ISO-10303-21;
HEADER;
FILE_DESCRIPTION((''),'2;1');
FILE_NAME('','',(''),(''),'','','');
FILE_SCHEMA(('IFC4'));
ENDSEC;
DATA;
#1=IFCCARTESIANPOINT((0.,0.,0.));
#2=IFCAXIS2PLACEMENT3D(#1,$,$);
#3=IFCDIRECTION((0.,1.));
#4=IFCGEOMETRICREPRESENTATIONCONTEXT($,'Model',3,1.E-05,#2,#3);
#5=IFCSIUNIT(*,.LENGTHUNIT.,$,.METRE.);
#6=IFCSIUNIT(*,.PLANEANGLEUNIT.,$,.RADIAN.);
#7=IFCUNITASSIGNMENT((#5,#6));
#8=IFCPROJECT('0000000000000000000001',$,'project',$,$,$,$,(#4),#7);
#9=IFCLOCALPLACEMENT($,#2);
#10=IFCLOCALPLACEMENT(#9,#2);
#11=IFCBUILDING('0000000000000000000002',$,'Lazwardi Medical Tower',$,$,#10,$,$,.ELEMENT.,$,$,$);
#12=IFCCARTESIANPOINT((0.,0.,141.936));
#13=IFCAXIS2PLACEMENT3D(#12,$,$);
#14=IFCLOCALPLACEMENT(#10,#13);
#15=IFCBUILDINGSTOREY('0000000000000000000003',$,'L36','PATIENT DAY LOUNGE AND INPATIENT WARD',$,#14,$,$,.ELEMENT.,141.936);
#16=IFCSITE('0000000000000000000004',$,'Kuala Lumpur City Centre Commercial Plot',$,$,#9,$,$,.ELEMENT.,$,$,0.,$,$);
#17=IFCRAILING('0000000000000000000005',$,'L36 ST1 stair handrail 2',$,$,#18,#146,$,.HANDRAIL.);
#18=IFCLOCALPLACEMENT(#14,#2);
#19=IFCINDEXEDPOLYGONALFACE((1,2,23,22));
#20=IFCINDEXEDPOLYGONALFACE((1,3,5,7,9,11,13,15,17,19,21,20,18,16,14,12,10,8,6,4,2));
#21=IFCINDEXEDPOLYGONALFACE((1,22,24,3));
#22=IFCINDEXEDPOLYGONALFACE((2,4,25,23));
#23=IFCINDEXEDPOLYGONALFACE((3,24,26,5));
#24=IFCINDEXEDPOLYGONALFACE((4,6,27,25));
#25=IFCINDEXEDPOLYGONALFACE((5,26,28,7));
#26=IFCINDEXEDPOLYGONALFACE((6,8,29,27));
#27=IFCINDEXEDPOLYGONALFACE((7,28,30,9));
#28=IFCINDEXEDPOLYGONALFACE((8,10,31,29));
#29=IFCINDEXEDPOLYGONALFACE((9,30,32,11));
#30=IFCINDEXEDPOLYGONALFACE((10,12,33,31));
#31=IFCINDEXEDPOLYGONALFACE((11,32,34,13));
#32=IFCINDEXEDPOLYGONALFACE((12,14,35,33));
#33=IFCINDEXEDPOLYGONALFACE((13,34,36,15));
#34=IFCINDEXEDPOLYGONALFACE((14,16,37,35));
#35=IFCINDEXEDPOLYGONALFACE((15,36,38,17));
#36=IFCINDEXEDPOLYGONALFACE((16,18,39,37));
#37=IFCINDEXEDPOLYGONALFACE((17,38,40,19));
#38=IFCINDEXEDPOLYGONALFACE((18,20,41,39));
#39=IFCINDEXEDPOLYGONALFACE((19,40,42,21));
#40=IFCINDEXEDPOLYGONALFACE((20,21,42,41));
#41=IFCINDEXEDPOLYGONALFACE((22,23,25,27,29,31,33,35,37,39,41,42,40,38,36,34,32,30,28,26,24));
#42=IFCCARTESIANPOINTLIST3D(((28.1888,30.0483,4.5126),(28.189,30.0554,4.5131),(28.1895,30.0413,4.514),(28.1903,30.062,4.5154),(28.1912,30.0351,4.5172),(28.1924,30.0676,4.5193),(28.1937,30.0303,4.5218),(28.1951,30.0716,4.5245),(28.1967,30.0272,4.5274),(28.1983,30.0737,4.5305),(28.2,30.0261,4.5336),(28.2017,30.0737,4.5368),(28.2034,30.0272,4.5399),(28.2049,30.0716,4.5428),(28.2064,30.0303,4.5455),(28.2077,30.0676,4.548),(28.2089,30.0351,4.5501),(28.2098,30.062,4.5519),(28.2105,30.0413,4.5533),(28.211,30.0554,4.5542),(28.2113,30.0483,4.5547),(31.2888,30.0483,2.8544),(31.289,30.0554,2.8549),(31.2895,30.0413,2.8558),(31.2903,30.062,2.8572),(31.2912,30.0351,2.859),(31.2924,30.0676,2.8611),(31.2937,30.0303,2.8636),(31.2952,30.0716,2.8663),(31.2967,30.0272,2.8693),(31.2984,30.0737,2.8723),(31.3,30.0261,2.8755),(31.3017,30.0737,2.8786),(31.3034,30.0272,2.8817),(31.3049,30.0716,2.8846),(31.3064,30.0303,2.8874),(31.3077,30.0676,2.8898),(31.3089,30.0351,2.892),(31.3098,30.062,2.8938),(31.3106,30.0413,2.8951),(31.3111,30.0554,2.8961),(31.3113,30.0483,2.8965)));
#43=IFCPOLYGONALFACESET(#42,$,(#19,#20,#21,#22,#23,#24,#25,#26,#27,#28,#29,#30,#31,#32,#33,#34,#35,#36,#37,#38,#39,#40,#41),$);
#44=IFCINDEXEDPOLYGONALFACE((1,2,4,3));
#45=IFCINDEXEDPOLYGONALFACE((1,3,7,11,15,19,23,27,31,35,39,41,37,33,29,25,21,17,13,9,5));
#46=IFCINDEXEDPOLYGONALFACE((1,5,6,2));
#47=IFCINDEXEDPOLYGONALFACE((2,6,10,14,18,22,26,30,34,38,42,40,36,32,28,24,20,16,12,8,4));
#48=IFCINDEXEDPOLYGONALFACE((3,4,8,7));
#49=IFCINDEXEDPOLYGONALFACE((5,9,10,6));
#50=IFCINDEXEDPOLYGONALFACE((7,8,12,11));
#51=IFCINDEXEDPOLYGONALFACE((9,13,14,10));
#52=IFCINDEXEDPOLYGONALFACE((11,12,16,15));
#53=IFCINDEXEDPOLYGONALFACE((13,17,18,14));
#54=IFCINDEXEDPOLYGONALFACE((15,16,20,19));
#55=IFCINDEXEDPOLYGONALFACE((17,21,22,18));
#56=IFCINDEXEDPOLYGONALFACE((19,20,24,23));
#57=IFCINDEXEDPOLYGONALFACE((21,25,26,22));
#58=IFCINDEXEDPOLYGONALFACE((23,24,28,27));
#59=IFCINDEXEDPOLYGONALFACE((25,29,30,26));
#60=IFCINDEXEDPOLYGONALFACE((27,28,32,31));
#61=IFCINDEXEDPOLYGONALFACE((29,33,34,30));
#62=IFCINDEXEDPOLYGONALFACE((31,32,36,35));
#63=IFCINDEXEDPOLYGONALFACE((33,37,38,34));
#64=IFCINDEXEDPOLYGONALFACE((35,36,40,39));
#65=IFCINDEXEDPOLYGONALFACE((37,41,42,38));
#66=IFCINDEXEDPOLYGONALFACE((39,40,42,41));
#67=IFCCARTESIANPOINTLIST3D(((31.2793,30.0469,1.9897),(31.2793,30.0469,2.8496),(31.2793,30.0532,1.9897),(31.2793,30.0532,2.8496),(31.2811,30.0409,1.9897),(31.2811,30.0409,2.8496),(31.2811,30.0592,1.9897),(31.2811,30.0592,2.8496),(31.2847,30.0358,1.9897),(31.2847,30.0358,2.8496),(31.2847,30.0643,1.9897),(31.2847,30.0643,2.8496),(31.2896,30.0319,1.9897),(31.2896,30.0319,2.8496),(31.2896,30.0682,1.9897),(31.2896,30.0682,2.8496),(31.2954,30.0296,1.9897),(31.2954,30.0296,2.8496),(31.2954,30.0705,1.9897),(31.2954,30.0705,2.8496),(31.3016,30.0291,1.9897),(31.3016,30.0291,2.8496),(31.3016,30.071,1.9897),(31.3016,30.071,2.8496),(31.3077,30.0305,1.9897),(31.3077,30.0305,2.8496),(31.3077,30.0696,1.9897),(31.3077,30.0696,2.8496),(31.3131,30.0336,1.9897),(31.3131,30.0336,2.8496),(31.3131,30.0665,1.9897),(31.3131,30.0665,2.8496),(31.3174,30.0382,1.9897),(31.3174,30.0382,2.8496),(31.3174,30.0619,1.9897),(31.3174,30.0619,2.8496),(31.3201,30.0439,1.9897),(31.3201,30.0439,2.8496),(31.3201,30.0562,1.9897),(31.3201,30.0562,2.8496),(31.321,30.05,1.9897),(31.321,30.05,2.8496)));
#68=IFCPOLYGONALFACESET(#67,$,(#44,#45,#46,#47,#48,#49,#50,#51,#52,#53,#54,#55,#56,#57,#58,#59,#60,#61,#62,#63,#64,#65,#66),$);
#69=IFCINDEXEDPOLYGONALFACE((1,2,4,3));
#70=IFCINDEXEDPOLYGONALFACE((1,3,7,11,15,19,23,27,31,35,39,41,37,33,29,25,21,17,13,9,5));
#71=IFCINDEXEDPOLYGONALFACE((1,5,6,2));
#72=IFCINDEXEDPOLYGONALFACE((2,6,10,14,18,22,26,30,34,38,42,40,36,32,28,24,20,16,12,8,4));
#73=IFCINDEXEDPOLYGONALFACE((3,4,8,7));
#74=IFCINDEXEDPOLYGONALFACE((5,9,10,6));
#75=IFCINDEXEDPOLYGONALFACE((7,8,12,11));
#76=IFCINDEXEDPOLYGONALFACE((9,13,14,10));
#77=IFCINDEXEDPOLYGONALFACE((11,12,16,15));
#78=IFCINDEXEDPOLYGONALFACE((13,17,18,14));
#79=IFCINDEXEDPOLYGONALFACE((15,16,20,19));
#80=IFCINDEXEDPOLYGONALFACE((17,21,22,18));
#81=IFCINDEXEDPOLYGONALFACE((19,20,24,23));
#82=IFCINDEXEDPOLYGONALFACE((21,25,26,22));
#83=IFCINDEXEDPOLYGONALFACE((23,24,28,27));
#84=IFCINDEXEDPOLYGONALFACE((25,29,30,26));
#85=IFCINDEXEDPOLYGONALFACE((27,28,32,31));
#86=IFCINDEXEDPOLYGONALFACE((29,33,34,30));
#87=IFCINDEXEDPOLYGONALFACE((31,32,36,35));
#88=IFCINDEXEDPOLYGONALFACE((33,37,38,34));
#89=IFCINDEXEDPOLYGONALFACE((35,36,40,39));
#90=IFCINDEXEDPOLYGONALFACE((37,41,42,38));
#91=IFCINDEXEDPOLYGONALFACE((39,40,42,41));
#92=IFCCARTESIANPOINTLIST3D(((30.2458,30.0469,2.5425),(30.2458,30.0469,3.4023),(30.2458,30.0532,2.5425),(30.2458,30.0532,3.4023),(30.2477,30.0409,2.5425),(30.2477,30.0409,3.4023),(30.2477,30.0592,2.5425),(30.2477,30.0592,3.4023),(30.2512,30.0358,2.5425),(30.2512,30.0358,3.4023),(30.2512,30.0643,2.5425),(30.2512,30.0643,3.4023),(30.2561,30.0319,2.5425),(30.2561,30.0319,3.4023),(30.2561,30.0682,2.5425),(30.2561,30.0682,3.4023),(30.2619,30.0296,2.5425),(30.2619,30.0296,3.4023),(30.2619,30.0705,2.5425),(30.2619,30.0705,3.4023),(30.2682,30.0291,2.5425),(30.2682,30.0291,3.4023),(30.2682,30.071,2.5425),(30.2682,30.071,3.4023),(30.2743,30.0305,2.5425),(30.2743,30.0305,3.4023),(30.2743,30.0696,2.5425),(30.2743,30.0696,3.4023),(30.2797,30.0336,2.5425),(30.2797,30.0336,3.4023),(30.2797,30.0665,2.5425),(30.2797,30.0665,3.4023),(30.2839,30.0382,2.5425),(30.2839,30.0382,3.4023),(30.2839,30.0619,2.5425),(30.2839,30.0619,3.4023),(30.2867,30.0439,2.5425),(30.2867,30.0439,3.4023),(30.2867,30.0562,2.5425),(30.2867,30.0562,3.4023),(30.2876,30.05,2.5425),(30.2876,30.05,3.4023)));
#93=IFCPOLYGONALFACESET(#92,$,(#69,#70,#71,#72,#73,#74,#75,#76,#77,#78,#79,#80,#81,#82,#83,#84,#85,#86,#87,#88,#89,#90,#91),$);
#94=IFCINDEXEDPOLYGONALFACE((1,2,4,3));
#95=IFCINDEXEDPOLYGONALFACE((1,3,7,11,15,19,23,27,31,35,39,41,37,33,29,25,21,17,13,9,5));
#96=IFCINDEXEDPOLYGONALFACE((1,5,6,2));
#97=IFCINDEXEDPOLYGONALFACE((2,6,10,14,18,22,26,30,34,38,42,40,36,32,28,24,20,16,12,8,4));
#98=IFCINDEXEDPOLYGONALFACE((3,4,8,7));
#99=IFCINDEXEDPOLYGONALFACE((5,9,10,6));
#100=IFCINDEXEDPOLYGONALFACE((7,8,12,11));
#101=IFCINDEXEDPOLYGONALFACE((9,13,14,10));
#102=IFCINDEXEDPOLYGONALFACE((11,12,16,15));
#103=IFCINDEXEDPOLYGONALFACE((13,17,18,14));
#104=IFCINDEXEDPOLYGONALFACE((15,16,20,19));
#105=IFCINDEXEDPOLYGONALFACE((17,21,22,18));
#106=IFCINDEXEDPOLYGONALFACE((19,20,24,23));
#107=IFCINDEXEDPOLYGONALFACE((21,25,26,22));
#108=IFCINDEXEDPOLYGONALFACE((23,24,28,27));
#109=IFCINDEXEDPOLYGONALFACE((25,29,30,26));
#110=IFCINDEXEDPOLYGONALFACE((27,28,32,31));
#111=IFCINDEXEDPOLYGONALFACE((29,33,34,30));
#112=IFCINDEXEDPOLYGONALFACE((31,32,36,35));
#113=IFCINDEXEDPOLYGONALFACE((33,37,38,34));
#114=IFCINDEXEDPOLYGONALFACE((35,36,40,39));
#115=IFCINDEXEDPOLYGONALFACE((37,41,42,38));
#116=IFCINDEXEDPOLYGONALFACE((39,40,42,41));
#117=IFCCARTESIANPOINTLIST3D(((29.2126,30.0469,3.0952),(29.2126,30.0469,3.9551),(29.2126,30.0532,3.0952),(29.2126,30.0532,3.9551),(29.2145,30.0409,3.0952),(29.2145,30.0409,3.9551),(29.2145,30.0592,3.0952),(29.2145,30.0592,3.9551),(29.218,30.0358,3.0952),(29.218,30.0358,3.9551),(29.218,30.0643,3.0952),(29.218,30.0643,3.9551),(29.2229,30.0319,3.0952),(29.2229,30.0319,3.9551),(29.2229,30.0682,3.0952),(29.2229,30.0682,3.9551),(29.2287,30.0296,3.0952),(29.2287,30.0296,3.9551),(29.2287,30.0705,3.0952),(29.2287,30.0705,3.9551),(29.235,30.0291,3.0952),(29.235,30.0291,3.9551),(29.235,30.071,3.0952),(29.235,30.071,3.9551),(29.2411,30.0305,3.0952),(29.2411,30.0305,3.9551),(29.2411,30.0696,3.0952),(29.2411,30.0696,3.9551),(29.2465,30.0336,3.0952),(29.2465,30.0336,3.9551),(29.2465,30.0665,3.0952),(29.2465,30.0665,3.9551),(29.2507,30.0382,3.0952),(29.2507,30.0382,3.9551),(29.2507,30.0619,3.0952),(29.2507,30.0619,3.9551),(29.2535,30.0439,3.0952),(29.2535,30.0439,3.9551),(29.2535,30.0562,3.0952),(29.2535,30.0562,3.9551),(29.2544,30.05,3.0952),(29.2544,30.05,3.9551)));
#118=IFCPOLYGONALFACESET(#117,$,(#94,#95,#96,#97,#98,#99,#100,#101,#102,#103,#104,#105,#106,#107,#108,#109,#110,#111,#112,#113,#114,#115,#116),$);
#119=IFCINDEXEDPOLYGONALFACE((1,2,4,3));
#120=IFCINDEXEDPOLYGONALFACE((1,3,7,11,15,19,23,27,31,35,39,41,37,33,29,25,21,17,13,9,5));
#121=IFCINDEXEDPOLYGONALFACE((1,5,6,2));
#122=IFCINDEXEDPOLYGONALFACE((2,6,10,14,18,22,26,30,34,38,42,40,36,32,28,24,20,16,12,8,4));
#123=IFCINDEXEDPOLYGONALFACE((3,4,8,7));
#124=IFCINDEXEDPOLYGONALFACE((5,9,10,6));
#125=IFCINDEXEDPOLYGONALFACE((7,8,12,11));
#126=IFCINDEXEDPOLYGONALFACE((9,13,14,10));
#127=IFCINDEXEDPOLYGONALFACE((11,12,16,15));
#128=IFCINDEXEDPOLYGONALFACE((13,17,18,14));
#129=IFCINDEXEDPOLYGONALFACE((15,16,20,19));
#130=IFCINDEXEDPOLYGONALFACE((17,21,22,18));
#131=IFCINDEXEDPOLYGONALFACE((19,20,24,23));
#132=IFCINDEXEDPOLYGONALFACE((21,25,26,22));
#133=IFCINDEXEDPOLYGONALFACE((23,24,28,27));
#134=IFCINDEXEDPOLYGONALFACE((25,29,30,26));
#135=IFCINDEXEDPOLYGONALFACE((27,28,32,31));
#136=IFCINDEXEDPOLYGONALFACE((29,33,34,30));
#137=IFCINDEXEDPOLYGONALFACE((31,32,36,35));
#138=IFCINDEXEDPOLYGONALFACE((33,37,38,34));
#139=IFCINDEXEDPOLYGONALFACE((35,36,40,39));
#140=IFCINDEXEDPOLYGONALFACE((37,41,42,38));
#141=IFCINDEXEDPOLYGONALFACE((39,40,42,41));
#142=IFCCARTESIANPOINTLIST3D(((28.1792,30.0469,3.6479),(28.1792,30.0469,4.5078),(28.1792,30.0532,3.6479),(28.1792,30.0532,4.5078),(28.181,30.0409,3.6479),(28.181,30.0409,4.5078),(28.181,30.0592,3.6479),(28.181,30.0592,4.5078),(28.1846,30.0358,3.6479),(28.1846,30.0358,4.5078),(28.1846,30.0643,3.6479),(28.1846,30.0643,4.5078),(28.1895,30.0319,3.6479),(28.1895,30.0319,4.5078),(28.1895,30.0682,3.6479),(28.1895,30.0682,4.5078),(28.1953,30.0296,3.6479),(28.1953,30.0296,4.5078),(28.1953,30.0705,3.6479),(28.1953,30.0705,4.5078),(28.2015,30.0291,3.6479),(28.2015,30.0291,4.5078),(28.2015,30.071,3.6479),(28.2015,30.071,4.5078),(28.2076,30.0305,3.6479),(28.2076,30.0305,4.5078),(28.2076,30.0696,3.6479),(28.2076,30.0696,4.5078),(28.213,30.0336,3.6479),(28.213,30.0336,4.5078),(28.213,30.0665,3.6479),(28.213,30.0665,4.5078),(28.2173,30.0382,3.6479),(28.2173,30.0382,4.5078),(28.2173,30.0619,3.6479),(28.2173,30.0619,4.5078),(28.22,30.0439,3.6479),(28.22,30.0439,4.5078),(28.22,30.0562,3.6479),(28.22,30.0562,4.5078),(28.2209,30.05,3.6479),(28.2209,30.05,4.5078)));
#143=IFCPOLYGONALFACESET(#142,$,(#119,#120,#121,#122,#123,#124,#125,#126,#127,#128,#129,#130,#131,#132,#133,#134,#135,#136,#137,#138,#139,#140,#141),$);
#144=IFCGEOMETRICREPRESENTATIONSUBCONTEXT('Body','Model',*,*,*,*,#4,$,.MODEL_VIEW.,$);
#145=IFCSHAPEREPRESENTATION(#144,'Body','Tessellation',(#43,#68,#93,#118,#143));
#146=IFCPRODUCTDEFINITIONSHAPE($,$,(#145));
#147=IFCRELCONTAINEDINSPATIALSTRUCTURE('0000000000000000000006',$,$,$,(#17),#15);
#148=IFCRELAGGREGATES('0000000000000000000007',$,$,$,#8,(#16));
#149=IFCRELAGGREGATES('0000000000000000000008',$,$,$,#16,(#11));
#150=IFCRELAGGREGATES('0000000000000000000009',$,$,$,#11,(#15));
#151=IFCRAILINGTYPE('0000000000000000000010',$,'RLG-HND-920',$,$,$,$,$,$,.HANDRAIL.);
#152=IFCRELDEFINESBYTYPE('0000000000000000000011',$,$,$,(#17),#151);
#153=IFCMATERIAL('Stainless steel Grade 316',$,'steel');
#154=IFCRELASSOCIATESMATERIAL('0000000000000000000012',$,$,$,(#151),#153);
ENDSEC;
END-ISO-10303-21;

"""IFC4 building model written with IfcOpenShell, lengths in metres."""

from ifc_helpers import new_model, si_unit, direction, frame, origin, origin_2d, place, context, subcontext, project, spatial, circle, extrude, material, type_object, element, save


model = new_model("IFC4")

# Units and contexts
model_context = context("Model", 3, precision=1e-05, world=origin(), true_north=direction((0.0, 1.0)))
body_context = subcontext(model_context, "Body", "Model", "MODEL_VIEW")
ifc_project = project(units=[si_unit("LENGTHUNIT", "METRE"), si_unit("PLANEANGLEUNIT", "RADIAN")], contexts=[model_context])

# Site, building, storey
site_placement = place(None, origin())
site = spatial("IfcSite", under=ifc_project, at=site_placement, Name="Kuala Lumpur City Centre Commercial Plot", CompositionType="ELEMENT", RefElevation=0.0)
building_placement = place(site_placement, origin())
building = spatial("IfcBuilding", under=site, at=building_placement, Name="Lazwardi Medical Tower", CompositionType="ELEMENT")
storey_placement = place(building_placement, frame((0.0, 0.0, 141.936)))
storey = spatial("IfcBuildingStorey", under=building, at=storey_placement, Name="L36", Description="PATIENT DAY LOUNGE AND INPATIENT WARD", CompositionType="ELEMENT", Elevation=141.936)

# Railing
ifc_material_1 = material(Name="Stainless steel Grade 316", Category="steel")
railing_type_1 = type_object("IfcRailingType", Name="RLG-HND-920", PredefinedType="HANDRAIL", material=ifc_material_1)
railing_1_placement = place(storey_placement, frame((31.3, 30.05, 1.9897)))
element("IfcRailing", 1, at=railing_1_placement, inside=storey, type_object=railing_type_1, Name="L36 ST1 stair handrail 2", PredefinedType="HANDRAIL", context=body_context, shape_type="SweptSolid", body=[
    extrude(circle(Radius=0.0239, at=origin_2d()), frame((0.0, 0.0, 0.8857), z_axis=(-0.881783, 0.0, 0.471655), x_axis=(0.0, -1.0, 0.0)), (0.0, 0.0, 1.0), 3.5156),
    extrude(circle(Radius=0.021, at=origin_2d()), origin(), (0.0, 0.0, 1.0), 0.8599),
    extrude(circle(Radius=0.021, at=origin_2d()), frame((-1.0334, 0.0, 0.5527)), (0.0, 0.0, 1.0), 0.8599),
    extrude(circle(Radius=0.021, at=origin_2d()), frame((-2.0667, 0.0, 1.1055)), (0.0, 0.0, 1.0), 0.8599),
    extrude(circle(Radius=0.021, at=origin_2d()), frame((-3.1001, 0.0, 1.6582)), (0.0, 0.0, 1.0), 0.8599),
])

save(model, "model.ifc")
